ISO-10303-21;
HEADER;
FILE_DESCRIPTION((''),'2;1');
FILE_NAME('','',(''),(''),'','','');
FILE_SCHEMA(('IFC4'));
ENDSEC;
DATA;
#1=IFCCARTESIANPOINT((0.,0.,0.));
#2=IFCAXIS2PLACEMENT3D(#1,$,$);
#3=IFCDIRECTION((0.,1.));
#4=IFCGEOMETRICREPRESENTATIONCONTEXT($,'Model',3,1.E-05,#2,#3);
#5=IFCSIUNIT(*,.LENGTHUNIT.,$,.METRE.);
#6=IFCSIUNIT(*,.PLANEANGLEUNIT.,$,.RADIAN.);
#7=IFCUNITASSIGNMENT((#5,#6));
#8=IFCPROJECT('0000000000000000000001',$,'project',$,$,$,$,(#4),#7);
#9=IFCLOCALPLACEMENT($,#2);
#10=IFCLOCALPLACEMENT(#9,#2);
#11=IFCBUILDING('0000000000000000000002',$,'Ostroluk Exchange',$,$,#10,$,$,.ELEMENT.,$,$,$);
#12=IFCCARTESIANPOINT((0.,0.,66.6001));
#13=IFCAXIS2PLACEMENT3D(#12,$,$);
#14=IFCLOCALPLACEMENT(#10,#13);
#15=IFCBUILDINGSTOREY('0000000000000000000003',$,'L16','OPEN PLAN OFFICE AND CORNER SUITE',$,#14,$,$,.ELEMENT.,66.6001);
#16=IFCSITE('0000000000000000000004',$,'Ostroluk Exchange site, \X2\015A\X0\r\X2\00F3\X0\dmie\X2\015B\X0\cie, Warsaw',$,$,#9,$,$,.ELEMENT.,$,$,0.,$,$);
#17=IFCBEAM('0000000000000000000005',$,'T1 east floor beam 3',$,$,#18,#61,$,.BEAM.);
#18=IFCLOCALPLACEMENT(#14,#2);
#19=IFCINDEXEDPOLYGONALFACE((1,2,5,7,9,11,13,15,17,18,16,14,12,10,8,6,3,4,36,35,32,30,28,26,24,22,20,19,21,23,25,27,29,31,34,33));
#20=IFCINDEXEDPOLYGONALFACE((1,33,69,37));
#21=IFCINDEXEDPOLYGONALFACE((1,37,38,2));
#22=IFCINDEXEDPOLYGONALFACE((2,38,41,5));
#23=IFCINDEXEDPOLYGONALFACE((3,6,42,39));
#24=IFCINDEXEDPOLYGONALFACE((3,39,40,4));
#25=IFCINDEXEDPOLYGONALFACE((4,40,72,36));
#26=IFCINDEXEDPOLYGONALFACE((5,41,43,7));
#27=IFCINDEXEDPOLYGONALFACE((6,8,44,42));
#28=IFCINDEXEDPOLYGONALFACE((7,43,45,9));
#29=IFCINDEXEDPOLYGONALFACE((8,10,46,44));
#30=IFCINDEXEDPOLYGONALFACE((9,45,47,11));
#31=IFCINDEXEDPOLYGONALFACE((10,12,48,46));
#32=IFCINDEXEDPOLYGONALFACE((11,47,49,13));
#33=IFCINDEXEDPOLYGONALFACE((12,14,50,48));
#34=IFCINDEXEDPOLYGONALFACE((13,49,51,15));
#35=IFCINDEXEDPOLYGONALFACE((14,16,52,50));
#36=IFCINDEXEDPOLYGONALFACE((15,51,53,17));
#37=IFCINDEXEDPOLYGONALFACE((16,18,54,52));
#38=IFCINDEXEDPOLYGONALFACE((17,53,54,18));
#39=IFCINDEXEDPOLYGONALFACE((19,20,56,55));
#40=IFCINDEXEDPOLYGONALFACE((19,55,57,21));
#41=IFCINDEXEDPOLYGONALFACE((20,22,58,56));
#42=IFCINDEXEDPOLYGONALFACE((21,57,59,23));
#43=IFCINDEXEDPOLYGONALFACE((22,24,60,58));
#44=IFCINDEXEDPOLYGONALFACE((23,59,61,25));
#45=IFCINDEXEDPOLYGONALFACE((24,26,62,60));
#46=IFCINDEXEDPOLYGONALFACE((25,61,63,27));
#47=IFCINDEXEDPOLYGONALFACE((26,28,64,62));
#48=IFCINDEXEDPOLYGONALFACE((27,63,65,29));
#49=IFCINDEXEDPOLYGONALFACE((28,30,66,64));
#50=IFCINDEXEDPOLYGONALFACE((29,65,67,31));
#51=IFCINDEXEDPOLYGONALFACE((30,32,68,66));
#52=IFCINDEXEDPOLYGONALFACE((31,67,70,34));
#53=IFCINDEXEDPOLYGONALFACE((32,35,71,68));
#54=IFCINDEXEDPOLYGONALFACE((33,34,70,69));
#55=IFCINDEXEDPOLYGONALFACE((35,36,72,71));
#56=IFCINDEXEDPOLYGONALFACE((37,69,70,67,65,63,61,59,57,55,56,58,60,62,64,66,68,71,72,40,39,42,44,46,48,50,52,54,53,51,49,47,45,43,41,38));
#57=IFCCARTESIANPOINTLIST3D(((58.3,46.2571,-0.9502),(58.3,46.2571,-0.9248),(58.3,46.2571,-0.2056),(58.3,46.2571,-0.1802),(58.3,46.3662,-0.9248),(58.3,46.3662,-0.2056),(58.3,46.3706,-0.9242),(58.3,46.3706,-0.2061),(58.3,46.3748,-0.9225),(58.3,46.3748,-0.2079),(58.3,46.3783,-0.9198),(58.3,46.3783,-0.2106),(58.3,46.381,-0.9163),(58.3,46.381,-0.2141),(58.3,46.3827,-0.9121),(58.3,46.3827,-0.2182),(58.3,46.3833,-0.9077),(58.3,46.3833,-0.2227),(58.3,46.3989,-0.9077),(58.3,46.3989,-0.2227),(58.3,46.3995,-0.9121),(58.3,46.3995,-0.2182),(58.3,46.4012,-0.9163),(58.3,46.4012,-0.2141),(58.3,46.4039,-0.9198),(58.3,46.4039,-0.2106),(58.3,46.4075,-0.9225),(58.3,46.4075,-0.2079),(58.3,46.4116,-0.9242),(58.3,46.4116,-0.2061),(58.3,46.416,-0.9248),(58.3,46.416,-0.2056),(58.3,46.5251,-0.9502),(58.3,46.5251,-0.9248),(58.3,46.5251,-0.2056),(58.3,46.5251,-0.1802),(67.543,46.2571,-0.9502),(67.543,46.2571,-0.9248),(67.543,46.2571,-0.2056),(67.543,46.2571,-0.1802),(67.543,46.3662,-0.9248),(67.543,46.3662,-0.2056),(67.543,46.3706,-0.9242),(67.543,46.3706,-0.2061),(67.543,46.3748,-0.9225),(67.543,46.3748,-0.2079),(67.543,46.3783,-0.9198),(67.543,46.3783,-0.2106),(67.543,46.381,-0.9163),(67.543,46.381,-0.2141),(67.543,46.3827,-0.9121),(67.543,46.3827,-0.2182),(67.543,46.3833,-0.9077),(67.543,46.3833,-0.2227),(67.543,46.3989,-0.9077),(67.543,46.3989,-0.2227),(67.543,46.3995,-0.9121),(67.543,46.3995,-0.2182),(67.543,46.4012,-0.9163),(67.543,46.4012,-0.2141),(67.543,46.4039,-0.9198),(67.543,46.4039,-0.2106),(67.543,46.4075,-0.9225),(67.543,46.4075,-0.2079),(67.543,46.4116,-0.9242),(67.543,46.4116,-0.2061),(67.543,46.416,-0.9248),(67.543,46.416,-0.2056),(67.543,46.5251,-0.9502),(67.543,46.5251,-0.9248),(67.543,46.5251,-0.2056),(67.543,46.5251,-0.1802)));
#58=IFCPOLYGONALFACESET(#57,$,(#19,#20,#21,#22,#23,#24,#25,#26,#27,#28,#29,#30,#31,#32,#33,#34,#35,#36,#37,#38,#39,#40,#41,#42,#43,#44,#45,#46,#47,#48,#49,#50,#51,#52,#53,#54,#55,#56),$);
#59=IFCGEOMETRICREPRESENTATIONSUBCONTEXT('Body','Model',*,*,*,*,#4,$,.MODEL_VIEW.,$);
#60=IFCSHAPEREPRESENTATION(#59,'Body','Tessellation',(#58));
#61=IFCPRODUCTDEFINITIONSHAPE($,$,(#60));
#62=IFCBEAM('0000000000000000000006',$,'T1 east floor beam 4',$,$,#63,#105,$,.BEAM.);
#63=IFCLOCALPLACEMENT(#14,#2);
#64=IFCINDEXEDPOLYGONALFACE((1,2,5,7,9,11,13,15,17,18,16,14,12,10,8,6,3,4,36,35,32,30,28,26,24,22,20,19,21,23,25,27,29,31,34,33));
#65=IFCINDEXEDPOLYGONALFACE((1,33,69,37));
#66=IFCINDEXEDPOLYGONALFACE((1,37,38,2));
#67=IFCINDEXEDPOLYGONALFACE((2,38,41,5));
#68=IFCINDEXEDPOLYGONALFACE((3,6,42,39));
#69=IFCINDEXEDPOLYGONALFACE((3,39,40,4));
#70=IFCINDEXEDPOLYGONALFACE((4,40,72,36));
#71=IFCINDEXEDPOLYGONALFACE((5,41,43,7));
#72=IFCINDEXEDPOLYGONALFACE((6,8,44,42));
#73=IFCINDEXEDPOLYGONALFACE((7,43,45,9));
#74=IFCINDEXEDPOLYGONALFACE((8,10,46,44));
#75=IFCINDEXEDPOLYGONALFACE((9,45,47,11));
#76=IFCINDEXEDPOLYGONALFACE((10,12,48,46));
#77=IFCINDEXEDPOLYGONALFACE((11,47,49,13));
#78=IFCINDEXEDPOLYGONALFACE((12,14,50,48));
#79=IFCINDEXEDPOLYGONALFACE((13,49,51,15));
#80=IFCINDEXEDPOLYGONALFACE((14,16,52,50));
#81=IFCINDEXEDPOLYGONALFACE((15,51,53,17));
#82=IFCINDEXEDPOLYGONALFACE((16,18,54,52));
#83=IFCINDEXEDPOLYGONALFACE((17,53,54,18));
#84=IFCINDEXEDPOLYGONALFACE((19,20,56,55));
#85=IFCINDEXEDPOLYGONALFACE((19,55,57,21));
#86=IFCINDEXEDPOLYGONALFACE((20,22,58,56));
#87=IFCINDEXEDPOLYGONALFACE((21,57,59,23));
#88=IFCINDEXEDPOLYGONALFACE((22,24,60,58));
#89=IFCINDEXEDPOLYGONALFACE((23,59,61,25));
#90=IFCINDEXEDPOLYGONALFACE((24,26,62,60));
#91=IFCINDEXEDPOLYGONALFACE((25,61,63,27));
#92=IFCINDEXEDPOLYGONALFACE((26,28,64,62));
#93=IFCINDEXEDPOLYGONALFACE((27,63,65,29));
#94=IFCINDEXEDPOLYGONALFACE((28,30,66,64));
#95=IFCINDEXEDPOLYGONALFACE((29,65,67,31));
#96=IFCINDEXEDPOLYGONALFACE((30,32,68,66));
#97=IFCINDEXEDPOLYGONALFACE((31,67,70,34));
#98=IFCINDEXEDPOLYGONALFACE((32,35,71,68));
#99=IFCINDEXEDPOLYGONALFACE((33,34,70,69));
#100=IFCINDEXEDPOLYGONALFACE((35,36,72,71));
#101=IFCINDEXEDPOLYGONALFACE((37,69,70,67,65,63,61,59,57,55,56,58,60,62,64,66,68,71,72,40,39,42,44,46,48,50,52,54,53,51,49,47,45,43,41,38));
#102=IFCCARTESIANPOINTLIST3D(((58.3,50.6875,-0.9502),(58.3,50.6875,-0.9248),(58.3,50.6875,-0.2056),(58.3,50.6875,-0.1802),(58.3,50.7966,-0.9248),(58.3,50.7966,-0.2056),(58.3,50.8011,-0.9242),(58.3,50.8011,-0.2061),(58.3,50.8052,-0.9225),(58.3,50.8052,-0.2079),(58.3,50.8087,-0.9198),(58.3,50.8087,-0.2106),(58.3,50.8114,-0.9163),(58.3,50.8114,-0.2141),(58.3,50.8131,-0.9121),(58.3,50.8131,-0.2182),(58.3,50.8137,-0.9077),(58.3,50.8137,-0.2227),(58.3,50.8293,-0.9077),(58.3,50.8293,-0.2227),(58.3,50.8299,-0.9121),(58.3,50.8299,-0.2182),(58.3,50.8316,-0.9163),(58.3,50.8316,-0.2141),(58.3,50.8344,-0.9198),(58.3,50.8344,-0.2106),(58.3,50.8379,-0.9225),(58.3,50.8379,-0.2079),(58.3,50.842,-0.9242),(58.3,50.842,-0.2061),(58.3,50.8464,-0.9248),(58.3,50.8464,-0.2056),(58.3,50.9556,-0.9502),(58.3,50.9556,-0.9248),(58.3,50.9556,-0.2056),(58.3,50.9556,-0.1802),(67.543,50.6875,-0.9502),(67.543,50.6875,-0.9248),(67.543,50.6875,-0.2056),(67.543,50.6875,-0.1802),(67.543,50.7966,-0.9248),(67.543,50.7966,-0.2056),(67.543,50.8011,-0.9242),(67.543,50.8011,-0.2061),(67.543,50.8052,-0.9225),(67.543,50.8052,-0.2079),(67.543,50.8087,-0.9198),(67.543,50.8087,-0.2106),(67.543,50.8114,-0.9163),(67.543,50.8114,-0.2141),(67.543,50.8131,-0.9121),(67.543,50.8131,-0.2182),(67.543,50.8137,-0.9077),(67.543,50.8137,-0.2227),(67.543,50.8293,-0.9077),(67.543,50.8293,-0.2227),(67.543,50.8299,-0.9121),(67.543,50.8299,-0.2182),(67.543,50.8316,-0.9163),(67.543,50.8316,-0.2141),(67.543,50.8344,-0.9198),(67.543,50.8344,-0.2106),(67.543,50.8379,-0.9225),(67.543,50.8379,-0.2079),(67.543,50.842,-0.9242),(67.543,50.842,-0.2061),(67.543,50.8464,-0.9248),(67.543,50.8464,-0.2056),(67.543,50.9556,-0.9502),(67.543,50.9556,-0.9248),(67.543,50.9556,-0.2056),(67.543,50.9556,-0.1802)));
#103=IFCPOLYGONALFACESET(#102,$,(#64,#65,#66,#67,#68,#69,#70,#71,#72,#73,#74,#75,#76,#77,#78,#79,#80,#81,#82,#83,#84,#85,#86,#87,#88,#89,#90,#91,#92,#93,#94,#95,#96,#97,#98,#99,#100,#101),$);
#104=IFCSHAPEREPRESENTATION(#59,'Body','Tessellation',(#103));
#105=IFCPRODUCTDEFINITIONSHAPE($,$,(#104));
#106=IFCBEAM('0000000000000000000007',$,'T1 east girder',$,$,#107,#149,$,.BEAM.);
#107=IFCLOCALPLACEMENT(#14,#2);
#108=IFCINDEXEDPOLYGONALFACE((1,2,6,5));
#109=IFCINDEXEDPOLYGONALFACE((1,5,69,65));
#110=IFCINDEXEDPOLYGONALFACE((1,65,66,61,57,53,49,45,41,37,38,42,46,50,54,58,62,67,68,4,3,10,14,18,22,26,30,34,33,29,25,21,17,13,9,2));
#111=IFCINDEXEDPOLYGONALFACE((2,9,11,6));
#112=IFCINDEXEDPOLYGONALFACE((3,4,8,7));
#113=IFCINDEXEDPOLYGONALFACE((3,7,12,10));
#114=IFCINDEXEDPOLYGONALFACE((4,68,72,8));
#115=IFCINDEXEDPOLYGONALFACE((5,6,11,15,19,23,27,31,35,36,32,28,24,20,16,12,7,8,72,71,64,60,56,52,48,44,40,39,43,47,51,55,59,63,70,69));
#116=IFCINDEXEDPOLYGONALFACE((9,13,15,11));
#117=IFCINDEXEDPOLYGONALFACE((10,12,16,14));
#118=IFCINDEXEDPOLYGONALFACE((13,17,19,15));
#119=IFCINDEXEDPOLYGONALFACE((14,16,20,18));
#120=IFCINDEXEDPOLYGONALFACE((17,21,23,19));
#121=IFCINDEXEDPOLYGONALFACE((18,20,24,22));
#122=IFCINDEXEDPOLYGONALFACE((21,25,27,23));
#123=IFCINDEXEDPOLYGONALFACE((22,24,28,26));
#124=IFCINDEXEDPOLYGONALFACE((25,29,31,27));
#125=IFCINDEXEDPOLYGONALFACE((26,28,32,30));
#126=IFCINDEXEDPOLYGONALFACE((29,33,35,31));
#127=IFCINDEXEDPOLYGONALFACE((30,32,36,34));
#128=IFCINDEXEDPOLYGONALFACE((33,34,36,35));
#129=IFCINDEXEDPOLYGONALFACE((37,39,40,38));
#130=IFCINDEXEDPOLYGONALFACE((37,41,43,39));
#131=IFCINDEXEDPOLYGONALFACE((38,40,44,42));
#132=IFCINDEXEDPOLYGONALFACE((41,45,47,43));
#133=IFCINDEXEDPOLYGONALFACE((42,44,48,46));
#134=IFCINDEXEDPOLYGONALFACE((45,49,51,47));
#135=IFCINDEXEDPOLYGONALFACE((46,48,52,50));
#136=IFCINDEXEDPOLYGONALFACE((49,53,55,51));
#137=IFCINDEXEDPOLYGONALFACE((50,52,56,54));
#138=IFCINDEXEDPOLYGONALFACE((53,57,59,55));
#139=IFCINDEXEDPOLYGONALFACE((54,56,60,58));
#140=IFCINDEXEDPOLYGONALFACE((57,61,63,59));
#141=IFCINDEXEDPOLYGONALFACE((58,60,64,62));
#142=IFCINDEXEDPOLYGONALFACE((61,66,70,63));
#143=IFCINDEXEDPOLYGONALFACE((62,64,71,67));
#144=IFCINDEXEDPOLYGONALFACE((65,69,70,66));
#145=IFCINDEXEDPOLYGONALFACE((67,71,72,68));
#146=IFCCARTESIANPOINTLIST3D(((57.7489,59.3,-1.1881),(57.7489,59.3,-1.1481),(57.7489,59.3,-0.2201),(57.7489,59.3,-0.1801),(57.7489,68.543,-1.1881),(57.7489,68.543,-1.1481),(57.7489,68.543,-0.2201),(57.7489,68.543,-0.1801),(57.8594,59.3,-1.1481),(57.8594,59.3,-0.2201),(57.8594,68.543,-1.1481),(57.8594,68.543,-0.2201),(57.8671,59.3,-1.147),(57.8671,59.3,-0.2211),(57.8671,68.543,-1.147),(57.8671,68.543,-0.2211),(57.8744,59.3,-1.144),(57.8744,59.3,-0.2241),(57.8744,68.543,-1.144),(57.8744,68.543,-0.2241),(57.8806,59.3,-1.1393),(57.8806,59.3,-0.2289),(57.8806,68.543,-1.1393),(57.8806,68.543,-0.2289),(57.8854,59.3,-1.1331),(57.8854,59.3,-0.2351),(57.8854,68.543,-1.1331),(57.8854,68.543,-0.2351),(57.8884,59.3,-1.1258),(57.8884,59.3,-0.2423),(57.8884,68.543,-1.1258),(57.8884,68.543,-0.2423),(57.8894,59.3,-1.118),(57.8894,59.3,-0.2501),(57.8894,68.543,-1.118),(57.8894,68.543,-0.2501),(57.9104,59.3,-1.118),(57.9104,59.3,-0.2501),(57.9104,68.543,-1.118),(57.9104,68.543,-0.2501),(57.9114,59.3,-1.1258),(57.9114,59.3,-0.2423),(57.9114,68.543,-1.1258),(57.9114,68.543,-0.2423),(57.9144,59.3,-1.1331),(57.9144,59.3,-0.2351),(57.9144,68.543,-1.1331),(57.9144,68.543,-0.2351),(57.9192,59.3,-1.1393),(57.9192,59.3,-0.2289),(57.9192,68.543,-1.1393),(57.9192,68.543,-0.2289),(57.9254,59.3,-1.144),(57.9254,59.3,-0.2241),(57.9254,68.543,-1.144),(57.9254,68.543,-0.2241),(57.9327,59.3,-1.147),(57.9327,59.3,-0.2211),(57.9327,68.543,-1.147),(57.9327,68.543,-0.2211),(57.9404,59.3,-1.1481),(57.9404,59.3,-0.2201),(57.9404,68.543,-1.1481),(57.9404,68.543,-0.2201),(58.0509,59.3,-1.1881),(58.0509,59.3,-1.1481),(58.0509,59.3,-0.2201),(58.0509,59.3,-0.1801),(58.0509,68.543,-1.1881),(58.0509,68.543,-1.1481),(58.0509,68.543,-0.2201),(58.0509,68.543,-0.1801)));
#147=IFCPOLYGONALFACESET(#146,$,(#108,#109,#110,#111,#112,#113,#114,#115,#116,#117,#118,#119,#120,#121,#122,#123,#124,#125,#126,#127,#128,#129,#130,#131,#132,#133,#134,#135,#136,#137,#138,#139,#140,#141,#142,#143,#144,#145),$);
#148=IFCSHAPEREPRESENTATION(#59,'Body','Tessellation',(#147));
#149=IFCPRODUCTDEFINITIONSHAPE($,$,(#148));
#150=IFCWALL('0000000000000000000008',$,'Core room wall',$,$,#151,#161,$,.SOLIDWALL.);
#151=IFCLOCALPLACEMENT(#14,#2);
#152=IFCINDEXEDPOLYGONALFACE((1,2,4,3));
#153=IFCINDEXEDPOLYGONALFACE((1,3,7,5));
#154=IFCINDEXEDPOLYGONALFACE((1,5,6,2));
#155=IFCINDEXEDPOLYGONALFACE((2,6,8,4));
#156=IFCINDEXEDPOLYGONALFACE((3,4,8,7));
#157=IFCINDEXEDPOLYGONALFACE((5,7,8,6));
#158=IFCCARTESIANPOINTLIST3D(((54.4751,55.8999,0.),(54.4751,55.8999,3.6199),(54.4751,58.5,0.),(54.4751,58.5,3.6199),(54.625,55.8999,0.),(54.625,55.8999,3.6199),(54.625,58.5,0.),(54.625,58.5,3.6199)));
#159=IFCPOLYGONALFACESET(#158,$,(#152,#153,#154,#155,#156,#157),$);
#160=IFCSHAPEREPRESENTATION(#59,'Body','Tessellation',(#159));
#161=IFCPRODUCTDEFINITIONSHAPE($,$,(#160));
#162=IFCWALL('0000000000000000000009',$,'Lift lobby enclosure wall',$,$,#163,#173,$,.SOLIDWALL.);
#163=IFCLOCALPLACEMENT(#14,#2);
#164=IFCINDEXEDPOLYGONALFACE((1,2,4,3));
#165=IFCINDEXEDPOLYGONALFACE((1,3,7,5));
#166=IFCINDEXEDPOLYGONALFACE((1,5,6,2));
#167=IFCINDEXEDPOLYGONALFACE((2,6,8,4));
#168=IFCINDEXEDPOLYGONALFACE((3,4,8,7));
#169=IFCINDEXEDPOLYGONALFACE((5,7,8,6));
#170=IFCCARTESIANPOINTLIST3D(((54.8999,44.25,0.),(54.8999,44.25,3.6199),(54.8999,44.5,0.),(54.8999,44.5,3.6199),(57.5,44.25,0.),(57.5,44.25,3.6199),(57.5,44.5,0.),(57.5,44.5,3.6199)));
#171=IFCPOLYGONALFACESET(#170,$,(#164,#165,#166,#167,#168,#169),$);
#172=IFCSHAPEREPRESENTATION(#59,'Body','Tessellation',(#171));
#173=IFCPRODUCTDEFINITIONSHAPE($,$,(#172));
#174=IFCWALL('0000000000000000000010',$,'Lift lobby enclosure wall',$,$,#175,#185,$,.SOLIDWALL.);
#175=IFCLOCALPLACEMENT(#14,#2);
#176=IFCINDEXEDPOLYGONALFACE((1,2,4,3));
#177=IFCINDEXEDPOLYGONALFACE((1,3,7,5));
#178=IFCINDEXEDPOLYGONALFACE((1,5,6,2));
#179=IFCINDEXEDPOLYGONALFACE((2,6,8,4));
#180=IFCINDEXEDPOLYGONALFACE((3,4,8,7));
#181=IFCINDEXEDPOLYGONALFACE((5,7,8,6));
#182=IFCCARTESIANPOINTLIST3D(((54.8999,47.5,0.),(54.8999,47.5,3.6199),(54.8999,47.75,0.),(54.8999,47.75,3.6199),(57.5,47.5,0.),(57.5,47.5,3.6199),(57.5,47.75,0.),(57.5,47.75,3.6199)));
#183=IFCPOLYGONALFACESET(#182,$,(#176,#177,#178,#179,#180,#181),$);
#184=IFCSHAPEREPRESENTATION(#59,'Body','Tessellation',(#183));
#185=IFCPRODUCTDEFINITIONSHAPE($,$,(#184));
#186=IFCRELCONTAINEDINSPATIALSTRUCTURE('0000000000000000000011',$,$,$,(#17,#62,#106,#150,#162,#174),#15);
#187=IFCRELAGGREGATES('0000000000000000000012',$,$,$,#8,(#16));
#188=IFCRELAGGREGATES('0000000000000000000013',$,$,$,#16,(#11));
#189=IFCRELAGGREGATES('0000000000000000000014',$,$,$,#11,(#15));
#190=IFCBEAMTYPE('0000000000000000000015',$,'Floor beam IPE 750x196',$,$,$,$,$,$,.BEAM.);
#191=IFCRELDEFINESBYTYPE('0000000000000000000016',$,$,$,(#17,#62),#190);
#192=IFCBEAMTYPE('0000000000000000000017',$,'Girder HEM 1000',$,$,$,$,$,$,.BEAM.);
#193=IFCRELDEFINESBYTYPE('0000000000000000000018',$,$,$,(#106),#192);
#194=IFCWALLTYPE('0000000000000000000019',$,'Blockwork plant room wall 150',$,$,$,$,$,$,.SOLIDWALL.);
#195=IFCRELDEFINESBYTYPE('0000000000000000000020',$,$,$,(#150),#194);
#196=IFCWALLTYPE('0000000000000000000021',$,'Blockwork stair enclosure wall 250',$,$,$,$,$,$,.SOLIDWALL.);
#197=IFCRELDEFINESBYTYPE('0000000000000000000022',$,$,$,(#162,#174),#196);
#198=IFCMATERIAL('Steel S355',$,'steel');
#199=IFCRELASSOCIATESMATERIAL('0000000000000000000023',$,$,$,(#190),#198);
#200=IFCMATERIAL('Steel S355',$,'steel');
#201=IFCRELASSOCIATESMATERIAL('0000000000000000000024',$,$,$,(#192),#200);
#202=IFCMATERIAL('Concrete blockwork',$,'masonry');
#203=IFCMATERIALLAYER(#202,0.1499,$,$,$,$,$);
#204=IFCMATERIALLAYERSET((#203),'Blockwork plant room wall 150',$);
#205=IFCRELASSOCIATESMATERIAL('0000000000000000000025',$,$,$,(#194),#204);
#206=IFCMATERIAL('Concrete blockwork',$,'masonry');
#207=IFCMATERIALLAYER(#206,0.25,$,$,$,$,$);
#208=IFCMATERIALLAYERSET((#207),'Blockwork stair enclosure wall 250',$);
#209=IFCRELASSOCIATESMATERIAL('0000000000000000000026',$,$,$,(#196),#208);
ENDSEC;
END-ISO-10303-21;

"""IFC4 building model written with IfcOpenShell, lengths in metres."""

from ifc_helpers import new_model, si_unit, direction, frame, frame_2d, origin, origin_2d, place, context, subcontext, project, spatial, rectangle, i_section, extrude, material, layer, layer_set, material_profile, profile_set, type_object, element, save


model = new_model("IFC4")

# Units and contexts
model_context = context("Model", 3, precision=1e-05, world=origin(), true_north=direction((0.0, 1.0)))
body_context = subcontext(model_context, "Body", "Model", "MODEL_VIEW")
ifc_project = project(units=[si_unit("LENGTHUNIT", "METRE"), si_unit("PLANEANGLEUNIT", "RADIAN")], contexts=[model_context])

# Site, building, storey
site_placement = place(None, origin())
site = spatial("IfcSite", under=ifc_project, at=site_placement, Name="Ostroluk Exchange site, Śródmieście, Warsaw", CompositionType="ELEMENT", RefElevation=0.0)
building_placement = place(site_placement, origin())
building = spatial("IfcBuilding", under=site, at=building_placement, Name="Ostroluk Exchange", CompositionType="ELEMENT")
storey_placement = place(building_placement, frame((0.0, 0.0, 66.6001)))
storey = spatial("IfcBuildingStorey", under=building, at=storey_placement, Name="L16", Description="OPEN PLAN OFFICE AND CORNER SUITE", CompositionType="ELEMENT", Elevation=66.6001)

# Beams
ifc_material_1 = material(Name="Steel S355", Category="steel")
ifc_material_profile_1 = material_profile(ifc_material_1, i_section(OverallWidth=0.2681, OverallDepth=0.77, WebThickness=0.0156, FlangeThickness=0.0254, FilletRadius=0.0171, at=origin_2d()), Name="IPE 750x196")
ifc_profile_set_1 = profile_set([ifc_material_profile_1], Name="Steel S355")
beam_type_1 = type_object("IfcBeamType", Name="Floor beam IPE 750x196", PredefinedType="BEAM", material=ifc_profile_set_1)
for number, where, z_axis, x_axis, name in (
    (1, (58.3, 46.3911, -0.5652), (1.0, 0.0, 0.0), (0.0, 1.0, 0.0), "T1 east floor beam 3"),
    (2, (58.3, 50.8215, -0.5652), (1.0, 0.0, 0.0), (0.0, 1.0, 0.0), "T1 east floor beam 4"),
):
    element("IfcBeam", number, at=place(storey_placement, frame(where, z_axis=z_axis, x_axis=x_axis)), inside=storey, type_object=beam_type_1, Name=name, PredefinedType="BEAM", context=body_context, shape_type="SweptSolid", body=[
        extrude(i_section(OverallWidth=0.2681, OverallDepth=0.77, WebThickness=0.0156, FlangeThickness=0.0254, FilletRadius=0.0171, at=origin_2d()), origin(), (0.0, 0.0, 1.0), 9.2429),
    ])
ifc_material_2 = material(Name="Steel S355", Category="steel")
ifc_material_profile_2 = material_profile(ifc_material_2, i_section(OverallWidth=0.302, OverallDepth=1.0081, WebThickness=0.021, FlangeThickness=0.04, FilletRadius=0.03, at=origin_2d()), Name="HEM 1000")
ifc_profile_set_2 = profile_set([ifc_material_profile_2], Name="Steel S355")
beam_type_2 = type_object("IfcBeamType", Name="Girder HEM 1000", PredefinedType="BEAM", material=ifc_profile_set_2)
beam_1_placement = place(storey_placement, frame((57.8999, 59.3, -0.6841), z_axis=(0.0, 1.0, 0.0), x_axis=(-1.0, 0.0, 0.0)))
element("IfcBeam", 3, at=beam_1_placement, inside=storey, type_object=beam_type_2, Name="T1 east girder", PredefinedType="BEAM", context=body_context, shape_type="SweptSolid", body=[
    extrude(i_section(OverallWidth=0.302, OverallDepth=1.0081, WebThickness=0.021, FlangeThickness=0.04, FilletRadius=0.03, at=origin_2d()), origin(), (0.0, 0.0, 1.0), 9.2429),
])

# Walls
ifc_material_3 = material(Name="Concrete blockwork", Category="masonry")
ifc_layer_1 = layer(ifc_material_3, 0.1499)
ifc_layer_set_1 = layer_set([ifc_layer_1], Name="Blockwork plant room wall 150")
wall_type_1 = type_object("IfcWallType", Name="Blockwork plant room wall 150", PredefinedType="SOLIDWALL", material=ifc_layer_set_1)
wall_1_placement = place(storey_placement, frame((54.55, 55.8999, 0.0), z_axis=(0.0, 0.0, 1.0), x_axis=(0.0, 1.0, 0.0)))
element("IfcWall", 4, at=wall_1_placement, inside=storey, type_object=wall_type_1, Name="Core room wall", PredefinedType="SOLIDWALL", context=body_context, shape_type="SweptSolid", body=[
    extrude(rectangle(XDim=2.6001, YDim=0.1499, at=frame_2d((1.3, 0.0))), origin(), (0.0, 0.0, 1.0), 3.6199),
])
ifc_material_4 = material(Name="Concrete blockwork", Category="masonry")
ifc_layer_2 = layer(ifc_material_4, 0.25)
ifc_layer_set_2 = layer_set([ifc_layer_2], Name="Blockwork stair enclosure wall 250")
wall_type_2 = type_object("IfcWallType", Name="Blockwork stair enclosure wall 250", PredefinedType="SOLIDWALL", material=ifc_layer_set_2)
for number, where, z_axis, x_axis, name in (
    (5, (54.8999, 44.375, 0.0), (0.0, 0.0, 1.0), (1.0, 0.0, 0.0), "Lift lobby enclosure wall"),
    (6, (54.8999, 47.625, 0.0), (0.0, 0.0, 1.0), (1.0, 0.0, 0.0), "Lift lobby enclosure wall"),
):
    element("IfcWall", number, at=place(storey_placement, frame(where, z_axis=z_axis, x_axis=x_axis)), inside=storey, type_object=wall_type_2, Name=name, PredefinedType="SOLIDWALL", context=body_context, shape_type="SweptSolid", body=[
        extrude(rectangle(XDim=2.6001, YDim=0.25, at=frame_2d((1.3, 0.0))), origin(), (0.0, 0.0, 1.0), 3.6199),
    ])

save(model, "model.ifc")
